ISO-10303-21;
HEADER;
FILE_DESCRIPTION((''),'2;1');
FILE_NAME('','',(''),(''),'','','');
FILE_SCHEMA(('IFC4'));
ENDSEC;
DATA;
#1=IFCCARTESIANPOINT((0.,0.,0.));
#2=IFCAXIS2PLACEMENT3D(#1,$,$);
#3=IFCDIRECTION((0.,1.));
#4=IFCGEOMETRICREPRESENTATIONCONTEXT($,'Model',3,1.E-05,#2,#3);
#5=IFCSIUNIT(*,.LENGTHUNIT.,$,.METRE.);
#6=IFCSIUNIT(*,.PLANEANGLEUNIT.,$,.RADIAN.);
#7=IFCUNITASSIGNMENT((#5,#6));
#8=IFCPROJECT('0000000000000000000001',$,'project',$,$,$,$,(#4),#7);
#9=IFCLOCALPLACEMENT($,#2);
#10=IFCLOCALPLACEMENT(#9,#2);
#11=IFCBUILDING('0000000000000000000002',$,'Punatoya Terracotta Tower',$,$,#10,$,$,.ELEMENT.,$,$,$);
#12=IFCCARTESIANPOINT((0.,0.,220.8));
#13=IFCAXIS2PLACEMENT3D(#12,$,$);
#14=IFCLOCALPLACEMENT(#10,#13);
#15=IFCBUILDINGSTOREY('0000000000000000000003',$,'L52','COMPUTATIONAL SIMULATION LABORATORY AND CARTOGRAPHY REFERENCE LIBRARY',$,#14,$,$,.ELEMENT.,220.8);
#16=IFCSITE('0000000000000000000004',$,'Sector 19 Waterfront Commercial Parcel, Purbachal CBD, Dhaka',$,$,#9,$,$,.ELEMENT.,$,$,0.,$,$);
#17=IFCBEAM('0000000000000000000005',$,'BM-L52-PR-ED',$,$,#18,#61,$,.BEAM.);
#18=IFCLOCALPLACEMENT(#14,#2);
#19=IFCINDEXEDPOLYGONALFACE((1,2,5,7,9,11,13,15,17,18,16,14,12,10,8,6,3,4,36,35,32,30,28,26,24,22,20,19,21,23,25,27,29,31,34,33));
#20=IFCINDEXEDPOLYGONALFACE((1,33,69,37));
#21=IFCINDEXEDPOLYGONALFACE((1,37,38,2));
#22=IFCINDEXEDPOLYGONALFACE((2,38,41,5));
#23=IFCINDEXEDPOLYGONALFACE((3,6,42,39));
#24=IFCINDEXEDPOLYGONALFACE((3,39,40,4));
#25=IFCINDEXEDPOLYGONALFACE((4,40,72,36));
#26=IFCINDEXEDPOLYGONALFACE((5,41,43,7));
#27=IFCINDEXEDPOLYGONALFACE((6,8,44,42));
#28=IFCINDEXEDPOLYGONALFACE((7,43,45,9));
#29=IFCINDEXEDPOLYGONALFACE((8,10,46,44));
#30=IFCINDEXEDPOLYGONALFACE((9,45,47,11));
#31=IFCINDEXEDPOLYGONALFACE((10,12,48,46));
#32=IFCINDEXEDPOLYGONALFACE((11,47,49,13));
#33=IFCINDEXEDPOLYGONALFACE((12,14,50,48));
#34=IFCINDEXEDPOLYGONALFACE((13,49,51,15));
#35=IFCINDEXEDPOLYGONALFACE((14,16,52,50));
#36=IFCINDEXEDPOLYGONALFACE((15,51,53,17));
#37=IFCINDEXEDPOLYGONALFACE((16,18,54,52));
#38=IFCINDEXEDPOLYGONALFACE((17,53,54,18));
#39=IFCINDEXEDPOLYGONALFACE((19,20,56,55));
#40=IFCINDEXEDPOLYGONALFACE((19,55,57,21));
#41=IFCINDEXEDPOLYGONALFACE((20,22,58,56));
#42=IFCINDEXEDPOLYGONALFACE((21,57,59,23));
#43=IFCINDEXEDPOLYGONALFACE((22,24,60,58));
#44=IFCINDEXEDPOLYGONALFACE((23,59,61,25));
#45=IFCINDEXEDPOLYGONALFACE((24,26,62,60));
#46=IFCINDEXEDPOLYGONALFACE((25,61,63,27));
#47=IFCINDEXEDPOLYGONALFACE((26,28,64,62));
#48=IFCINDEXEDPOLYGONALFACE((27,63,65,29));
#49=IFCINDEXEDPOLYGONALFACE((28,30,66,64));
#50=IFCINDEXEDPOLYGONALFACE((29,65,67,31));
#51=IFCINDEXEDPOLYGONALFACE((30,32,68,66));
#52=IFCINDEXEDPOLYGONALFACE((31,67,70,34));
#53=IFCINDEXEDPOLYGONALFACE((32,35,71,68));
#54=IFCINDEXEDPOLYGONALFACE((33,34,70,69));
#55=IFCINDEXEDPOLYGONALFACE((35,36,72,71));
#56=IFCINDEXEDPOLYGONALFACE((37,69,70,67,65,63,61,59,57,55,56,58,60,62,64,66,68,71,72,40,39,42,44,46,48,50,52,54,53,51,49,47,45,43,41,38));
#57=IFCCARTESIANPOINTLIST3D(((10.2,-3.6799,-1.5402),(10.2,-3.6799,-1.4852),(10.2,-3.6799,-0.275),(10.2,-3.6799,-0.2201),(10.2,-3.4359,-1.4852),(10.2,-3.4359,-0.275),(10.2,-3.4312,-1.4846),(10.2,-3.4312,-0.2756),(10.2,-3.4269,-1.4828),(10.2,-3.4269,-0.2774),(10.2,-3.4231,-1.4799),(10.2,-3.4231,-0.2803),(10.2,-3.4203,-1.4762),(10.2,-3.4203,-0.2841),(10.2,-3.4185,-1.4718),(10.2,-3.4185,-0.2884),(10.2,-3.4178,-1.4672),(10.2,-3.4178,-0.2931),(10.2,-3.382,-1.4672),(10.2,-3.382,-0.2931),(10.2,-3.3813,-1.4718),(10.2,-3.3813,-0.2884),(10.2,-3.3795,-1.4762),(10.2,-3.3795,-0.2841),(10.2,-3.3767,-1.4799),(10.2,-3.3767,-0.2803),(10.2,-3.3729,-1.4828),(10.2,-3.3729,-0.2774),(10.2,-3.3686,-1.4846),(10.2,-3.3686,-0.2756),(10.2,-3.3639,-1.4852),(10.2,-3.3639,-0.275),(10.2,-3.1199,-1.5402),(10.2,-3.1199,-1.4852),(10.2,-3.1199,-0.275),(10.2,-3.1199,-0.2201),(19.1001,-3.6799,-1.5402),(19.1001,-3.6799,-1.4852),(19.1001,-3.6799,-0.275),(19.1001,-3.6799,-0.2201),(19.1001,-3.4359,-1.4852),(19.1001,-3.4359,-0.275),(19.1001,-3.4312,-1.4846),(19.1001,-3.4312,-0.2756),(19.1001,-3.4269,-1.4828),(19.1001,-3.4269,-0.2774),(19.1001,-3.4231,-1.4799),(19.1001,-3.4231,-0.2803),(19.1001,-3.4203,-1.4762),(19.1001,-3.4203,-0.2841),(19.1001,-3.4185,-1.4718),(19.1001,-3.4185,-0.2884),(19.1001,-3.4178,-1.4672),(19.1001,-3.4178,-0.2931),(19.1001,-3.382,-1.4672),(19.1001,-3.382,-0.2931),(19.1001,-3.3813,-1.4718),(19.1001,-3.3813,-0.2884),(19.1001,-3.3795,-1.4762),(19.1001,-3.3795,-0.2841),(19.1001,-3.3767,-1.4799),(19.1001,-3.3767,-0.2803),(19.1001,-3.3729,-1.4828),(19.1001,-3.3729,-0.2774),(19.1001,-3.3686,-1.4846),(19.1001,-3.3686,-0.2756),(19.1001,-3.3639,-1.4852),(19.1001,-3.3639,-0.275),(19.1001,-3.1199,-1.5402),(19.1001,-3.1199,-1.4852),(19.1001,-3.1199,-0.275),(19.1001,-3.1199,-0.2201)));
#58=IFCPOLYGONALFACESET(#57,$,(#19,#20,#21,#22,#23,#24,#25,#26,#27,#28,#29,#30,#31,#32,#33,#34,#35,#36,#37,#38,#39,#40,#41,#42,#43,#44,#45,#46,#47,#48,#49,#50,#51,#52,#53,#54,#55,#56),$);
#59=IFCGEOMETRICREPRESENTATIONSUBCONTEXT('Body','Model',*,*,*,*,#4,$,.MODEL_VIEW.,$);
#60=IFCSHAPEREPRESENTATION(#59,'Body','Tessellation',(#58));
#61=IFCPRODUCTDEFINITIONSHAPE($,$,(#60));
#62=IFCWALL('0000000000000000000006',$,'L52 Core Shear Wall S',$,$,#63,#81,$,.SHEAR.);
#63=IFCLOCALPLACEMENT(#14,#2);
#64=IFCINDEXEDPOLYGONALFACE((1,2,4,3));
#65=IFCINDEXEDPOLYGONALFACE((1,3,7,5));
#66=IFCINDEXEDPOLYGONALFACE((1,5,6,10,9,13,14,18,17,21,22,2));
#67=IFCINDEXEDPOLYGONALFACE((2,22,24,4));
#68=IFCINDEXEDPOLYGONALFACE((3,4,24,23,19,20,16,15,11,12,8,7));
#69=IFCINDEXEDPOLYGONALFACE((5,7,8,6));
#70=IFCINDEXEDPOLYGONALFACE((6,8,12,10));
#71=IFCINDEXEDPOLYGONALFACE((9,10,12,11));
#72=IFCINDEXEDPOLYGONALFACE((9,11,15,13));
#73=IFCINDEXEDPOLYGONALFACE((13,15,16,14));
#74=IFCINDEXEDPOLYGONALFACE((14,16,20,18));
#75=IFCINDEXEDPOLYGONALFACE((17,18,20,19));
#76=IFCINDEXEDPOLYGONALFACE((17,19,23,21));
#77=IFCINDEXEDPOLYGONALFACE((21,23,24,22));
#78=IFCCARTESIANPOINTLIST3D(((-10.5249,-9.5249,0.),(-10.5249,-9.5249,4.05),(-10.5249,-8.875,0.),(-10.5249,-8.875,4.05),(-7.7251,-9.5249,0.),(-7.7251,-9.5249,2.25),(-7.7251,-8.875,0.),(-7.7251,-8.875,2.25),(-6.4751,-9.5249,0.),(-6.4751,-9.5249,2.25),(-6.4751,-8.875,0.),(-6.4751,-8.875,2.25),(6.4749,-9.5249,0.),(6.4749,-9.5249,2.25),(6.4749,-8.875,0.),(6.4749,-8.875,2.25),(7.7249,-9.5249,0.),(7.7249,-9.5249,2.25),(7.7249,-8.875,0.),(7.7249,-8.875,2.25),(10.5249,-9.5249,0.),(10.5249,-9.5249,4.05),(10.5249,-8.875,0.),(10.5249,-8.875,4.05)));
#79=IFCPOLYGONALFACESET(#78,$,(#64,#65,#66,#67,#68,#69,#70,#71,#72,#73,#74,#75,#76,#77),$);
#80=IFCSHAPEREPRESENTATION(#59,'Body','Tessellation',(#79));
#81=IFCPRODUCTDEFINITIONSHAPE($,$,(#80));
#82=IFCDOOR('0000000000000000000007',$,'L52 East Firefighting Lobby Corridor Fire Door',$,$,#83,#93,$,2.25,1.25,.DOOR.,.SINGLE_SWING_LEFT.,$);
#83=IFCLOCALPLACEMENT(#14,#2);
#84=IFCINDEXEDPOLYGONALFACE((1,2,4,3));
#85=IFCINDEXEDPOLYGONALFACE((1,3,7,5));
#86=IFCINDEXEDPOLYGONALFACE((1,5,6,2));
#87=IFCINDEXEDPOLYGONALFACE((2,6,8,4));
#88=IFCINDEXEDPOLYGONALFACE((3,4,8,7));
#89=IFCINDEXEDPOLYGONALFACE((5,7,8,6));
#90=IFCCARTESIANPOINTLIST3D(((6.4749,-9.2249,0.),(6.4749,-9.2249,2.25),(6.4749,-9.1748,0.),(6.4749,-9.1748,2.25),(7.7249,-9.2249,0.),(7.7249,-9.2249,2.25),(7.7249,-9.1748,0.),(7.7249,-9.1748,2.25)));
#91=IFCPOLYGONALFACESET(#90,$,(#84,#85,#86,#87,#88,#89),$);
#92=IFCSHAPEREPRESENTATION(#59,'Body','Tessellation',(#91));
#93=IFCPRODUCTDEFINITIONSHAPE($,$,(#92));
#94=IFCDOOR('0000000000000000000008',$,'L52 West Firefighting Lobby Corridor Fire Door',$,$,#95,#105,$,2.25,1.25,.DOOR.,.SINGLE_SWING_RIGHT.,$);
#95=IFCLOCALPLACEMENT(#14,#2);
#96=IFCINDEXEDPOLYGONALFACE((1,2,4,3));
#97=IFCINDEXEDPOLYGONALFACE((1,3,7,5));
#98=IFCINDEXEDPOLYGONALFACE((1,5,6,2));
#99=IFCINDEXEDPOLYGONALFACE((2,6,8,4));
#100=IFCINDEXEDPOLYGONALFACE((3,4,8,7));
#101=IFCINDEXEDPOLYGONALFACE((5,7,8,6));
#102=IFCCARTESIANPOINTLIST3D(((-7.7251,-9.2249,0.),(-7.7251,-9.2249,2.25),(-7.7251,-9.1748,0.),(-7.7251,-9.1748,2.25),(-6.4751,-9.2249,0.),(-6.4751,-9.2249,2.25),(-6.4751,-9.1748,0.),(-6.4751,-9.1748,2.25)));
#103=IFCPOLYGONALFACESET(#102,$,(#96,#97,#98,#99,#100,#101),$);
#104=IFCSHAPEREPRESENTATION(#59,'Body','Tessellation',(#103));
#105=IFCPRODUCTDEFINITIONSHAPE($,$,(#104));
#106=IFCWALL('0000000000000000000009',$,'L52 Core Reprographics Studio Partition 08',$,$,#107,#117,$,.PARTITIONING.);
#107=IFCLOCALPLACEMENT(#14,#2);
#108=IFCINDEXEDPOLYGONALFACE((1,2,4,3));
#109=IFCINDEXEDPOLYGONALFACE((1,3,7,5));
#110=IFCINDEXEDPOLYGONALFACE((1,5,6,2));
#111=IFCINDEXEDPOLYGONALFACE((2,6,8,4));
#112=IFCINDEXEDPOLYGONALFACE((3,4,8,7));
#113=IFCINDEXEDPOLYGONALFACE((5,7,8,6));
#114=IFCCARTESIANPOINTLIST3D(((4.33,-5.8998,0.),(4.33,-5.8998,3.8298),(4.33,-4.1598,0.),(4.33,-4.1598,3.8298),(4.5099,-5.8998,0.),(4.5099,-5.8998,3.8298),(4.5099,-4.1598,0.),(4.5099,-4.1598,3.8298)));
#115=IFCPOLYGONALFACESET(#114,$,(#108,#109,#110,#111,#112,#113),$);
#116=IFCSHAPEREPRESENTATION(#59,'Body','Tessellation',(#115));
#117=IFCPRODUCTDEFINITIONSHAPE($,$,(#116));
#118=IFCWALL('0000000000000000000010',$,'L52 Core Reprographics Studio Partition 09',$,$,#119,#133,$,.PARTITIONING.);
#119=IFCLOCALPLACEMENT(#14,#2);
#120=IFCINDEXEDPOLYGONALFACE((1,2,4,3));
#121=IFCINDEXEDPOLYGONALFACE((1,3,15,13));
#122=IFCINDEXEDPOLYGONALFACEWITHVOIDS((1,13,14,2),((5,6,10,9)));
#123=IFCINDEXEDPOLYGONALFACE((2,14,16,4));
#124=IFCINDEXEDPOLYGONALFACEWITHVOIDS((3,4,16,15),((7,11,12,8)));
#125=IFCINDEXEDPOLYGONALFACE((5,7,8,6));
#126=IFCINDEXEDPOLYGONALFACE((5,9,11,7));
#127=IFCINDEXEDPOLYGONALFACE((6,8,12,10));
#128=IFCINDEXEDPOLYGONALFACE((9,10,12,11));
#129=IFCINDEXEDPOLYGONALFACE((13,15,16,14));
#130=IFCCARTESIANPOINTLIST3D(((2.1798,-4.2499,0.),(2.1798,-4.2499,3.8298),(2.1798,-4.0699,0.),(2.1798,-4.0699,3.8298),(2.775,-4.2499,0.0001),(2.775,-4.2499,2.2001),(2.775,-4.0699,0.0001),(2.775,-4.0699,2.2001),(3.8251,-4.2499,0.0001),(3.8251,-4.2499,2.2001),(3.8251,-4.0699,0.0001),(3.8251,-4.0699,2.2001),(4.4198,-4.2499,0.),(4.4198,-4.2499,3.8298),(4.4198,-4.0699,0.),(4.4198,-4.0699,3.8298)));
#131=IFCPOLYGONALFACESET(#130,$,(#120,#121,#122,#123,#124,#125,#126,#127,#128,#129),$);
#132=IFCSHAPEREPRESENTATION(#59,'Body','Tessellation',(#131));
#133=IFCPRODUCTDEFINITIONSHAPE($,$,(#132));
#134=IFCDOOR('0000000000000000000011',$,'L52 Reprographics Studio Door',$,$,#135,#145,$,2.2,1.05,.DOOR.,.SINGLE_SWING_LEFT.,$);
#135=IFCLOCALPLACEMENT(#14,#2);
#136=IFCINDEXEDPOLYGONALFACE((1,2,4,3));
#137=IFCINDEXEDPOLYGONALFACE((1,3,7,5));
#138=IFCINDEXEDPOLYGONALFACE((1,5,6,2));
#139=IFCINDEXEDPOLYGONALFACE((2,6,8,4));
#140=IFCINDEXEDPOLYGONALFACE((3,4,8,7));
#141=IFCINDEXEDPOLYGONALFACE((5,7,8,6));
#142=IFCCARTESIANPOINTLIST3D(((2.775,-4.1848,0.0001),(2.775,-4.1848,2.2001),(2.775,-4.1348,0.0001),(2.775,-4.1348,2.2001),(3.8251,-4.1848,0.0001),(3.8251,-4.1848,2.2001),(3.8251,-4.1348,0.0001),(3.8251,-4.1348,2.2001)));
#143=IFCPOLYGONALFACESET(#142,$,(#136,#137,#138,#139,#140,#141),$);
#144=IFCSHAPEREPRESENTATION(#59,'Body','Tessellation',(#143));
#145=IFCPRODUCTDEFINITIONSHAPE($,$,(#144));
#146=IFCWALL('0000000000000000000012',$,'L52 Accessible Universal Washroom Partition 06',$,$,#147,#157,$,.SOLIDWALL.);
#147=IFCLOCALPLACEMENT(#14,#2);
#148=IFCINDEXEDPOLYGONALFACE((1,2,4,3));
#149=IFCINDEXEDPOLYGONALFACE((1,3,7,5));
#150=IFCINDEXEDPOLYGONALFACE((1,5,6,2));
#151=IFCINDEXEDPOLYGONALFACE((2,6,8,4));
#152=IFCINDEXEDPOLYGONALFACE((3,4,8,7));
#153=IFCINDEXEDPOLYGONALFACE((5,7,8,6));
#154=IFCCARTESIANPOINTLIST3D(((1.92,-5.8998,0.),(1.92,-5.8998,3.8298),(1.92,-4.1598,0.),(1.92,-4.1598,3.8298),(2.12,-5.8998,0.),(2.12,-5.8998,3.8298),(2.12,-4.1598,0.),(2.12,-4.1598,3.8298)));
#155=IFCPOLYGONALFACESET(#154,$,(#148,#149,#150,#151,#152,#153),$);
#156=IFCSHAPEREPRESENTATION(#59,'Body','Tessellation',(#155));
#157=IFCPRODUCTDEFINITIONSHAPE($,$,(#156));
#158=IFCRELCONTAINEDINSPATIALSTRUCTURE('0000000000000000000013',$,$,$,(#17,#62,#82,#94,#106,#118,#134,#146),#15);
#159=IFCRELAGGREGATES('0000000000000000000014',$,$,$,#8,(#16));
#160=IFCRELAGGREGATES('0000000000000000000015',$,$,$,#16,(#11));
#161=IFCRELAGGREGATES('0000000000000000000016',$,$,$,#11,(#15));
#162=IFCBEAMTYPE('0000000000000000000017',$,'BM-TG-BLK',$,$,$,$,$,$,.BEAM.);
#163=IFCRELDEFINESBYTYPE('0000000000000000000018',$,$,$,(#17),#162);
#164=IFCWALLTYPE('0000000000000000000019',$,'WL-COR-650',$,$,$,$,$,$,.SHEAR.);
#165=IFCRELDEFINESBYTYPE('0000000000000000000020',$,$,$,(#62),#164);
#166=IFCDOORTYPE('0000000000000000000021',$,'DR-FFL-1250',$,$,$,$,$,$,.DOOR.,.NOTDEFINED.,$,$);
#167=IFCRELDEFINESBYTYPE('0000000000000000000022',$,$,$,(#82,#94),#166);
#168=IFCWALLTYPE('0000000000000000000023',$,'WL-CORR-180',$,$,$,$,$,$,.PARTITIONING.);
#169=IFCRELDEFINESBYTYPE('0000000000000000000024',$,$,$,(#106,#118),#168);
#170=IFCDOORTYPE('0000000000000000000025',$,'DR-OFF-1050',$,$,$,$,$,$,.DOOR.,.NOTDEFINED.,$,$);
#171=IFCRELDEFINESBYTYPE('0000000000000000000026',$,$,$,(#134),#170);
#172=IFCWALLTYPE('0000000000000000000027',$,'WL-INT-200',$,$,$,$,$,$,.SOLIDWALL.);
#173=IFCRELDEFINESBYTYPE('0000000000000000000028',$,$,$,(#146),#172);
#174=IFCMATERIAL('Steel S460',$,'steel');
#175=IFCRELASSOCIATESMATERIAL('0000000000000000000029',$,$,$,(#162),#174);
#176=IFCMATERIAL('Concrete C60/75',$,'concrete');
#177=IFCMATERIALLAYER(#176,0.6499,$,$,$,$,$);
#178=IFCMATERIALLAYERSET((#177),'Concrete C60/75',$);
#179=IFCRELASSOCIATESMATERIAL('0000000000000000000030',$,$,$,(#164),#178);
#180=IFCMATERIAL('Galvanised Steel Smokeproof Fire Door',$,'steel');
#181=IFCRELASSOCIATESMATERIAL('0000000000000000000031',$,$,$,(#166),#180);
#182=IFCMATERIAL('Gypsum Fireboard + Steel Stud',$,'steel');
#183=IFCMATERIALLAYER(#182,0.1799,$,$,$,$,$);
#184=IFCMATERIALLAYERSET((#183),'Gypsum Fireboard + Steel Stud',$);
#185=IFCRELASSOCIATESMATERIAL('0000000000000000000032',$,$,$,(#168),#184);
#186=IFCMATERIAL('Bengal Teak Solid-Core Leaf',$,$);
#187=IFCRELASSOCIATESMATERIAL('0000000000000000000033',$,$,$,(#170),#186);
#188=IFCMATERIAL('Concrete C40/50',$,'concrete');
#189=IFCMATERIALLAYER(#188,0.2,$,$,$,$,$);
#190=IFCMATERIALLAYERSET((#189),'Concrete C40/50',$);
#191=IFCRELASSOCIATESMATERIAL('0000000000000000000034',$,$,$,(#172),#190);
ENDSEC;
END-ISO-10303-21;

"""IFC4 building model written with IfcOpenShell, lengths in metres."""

from ifc_helpers import new_model, si_unit, direction, frame, frame_2d, origin, origin_2d, place, context, subcontext, project, spatial, rectangle, i_section, extrude, material, layer, layer_set, material_profile, profile_set, type_object, element, fill, save


model = new_model("IFC4")

# Units and contexts
model_context = context("Model", 3, precision=1e-05, world=origin(), true_north=direction((0.0, 1.0)))
body_context = subcontext(model_context, "Body", "Model", "MODEL_VIEW")
ifc_project = project(units=[si_unit("LENGTHUNIT", "METRE"), si_unit("PLANEANGLEUNIT", "RADIAN")], contexts=[model_context])

# Site, building, storey
site_placement = place(None, origin())
site = spatial("IfcSite", under=ifc_project, at=site_placement, Name="Sector 19 Waterfront Commercial Parcel, Purbachal CBD, Dhaka", CompositionType="ELEMENT", RefElevation=0.0)
building_placement = place(site_placement, origin())
building = spatial("IfcBuilding", under=site, at=building_placement, Name="Punatoya Terracotta Tower", CompositionType="ELEMENT")
storey_placement = place(building_placement, frame((0.0, 0.0, 220.8)))
storey = spatial("IfcBuildingStorey", under=building, at=storey_placement, Name="L52", Description="COMPUTATIONAL SIMULATION LABORATORY AND CARTOGRAPHY REFERENCE LIBRARY", CompositionType="ELEMENT", Elevation=220.8)

# Beam
ifc_material_1 = material(Name="Steel S460", Category="steel")
ifc_material_profile = material_profile(ifc_material_1, i_section(OverallWidth=0.5601, OverallDepth=1.3201, WebThickness=0.0359, FlangeThickness=0.0549, FilletRadius=0.0181, at=origin_2d()))
ifc_profile_set = profile_set([ifc_material_profile], Name="Steel S460")
beam_type = type_object("IfcBeamType", Name="BM-TG-BLK", PredefinedType="BEAM", material=ifc_profile_set)
beam_placement = place(storey_placement, frame((10.2, -3.3999, -0.8801), z_axis=(1.0, 0.0, 0.0), x_axis=(0.0, 1.0, 0.0)))
element("IfcBeam", 1, at=beam_placement, inside=storey, type_object=beam_type, Name="BM-L52-PR-ED", PredefinedType="BEAM", context=body_context, shape_type="SweptSolid", body=[
    extrude(i_section(OverallWidth=0.5601, OverallDepth=1.3201, WebThickness=0.0359, FlangeThickness=0.0549, FilletRadius=0.0181, at=origin_2d()), origin(), (0.0, 0.0, 1.0), 8.9001),
])

# Wall, openings, doors
ifc_material_2 = material(Name="Concrete C60/75", Category="concrete")
ifc_layer_1 = layer(ifc_material_2, 0.6499)
ifc_layer_set_1 = layer_set([ifc_layer_1], Name="Concrete C60/75")
wall_type_1 = type_object("IfcWallType", Name="WL-COR-650", PredefinedType="SHEAR", material=ifc_layer_set_1)
wall_1_placement = place(storey_placement, frame((10.5249, -9.2, 0.0), z_axis=(0.0, 0.0, 1.0), x_axis=(-1.0, 0.0, 0.0)))
wall_1 = element("IfcWall", 2, at=wall_1_placement, inside=storey, type_object=wall_type_1, Name="L52 Core Shear Wall S", PredefinedType="SHEAR", context=body_context, shape_type="SweptSolid", body=[
    extrude(rectangle(XDim=21.0498, YDim=0.6499, at=frame_2d((10.5249, 0.0))), origin(), (0.0, 0.0, 1.0), 4.05),
])
opening_1_placement = place(wall_1_placement, frame((2.8, 0.0, 0.0)))
opening_1 = element("IfcOpeningElement", 3, at=opening_1_placement, cuts=wall_1, PredefinedType="OPENING", context=body_context, shape_type="SweptSolid", body=[
    extrude(rectangle(XDim=1.25, YDim=2.25, at=frame_2d((0.625, 1.125))), frame((0.0, 0.335, 0.0), z_axis=(0.0, -1.0, 0.0), x_axis=(1.0, 0.0, 0.0)), (0.0, 0.0, 1.0), 0.6699),
])
opening_2_placement = place(wall_1_placement, frame((17.0, 0.0, 0.0)))
opening_2 = element("IfcOpeningElement", 4, at=opening_2_placement, cuts=wall_1, PredefinedType="OPENING", context=body_context, shape_type="SweptSolid", body=[
    extrude(rectangle(XDim=1.25, YDim=2.25, at=frame_2d((0.625, 1.125))), frame((0.0, 0.335, 0.0), z_axis=(0.0, -1.0, 0.0), x_axis=(1.0, 0.0, 0.0)), (0.0, 0.0, 1.0), 0.6699),
])
ifc_material_3 = material(Name="Galvanised Steel Smokeproof Fire Door", Category="steel")
door_type_1 = type_object("IfcDoorType", Name="DR-FFL-1250", OperationType="NOTDEFINED", PredefinedType="DOOR", material=ifc_material_3)
door_1_placement = place(opening_1_placement, origin())
door_1 = element("IfcDoor", 5, at=door_1_placement, inside=storey, type_object=door_type_1, Name="L52 East Firefighting Lobby Corridor Fire Door", OperationType="SINGLE_SWING_LEFT", OverallHeight=2.25, OverallWidth=1.25, PredefinedType="DOOR", context=body_context, shape_type="SweptSolid", body=[
    extrude(rectangle(XDim=1.25, YDim=2.25, at=frame_2d((0.625, 1.125))), frame((0.0, 0.0249, 0.0), z_axis=(0.0, -1.0, 0.0), x_axis=(1.0, 0.0, 0.0)), (0.0, 0.0, 1.0), 0.05),
])
fill(opening_1, door_1)
door_2_placement = place(opening_2_placement, origin())
door_2 = element("IfcDoor", 6, at=door_2_placement, inside=storey, type_object=door_type_1, Name="L52 West Firefighting Lobby Corridor Fire Door", OperationType="SINGLE_SWING_RIGHT", OverallHeight=2.25, OverallWidth=1.25, PredefinedType="DOOR", context=body_context, shape_type="SweptSolid", body=[
    extrude(rectangle(XDim=1.25, YDim=2.25, at=frame_2d((0.625, 1.125))), frame((0.0, 0.0249, 0.0), z_axis=(0.0, -1.0, 0.0), x_axis=(1.0, 0.0, 0.0)), (0.0, 0.0, 1.0), 0.05),
])
fill(opening_2, door_2)

# Wall
ifc_material_4 = material(Name="Gypsum Fireboard + Steel Stud", Category="steel")
ifc_layer_2 = layer(ifc_material_4, 0.1799)
ifc_layer_set_2 = layer_set([ifc_layer_2], Name="Gypsum Fireboard + Steel Stud")
wall_type_2 = type_object("IfcWallType", Name="WL-CORR-180", PredefinedType="PARTITIONING", material=ifc_layer_set_2)
wall_2_placement = place(storey_placement, frame((4.4199, -5.8999, 0.0), z_axis=(0.0, 0.0, 1.0), x_axis=(0.0, 1.0, 0.0)))
element("IfcWall", 7, at=wall_2_placement, inside=storey, type_object=wall_type_2, Name="L52 Core Reprographics Studio Partition 08", PredefinedType="PARTITIONING", context=body_context, shape_type="SweptSolid", body=[
    extrude(rectangle(XDim=1.74, YDim=0.1799, at=frame_2d((0.8701, 0.0))), origin(), (0.0, 0.0, 1.0), 3.8298),
])

# Wall, opening, door
wall_3_placement = place(storey_placement, frame((4.4199, -4.1599, 0.0), z_axis=(0.0, 0.0, 1.0), x_axis=(-1.0, 0.0, 0.0)))
wall_3 = element("IfcWall", 8, at=wall_3_placement, inside=storey, type_object=wall_type_2, Name="L52 Core Reprographics Studio Partition 09", PredefinedType="PARTITIONING", context=body_context, shape_type="SweptSolid", body=[
    extrude(rectangle(XDim=2.24, YDim=0.1799, at=frame_2d((1.1201, 0.0))), origin(), (0.0, 0.0, 1.0), 3.8298),
])
opening_3_placement = place(wall_3_placement, frame((0.595, 0.0, 0.0)))
opening_3 = element("IfcOpeningElement", 9, at=opening_3_placement, cuts=wall_3, PredefinedType="OPENING", context=body_context, shape_type="SweptSolid", body=[
    extrude(rectangle(XDim=1.05, YDim=2.2, at=frame_2d((0.5249, 1.1001))), frame((0.0, 0.0999, 0.0), z_axis=(0.0, -1.0, 0.0), x_axis=(1.0, 0.0, 0.0)), (0.0, 0.0, 1.0), 0.2),
])
ifc_material_5 = material(Name="Bengal Teak Solid-Core Leaf")
door_type_2 = type_object("IfcDoorType", Name="DR-OFF-1050", OperationType="NOTDEFINED", PredefinedType="DOOR", material=ifc_material_5)
door_3_placement = place(opening_3_placement, origin())
door_3 = element("IfcDoor", 10, at=door_3_placement, inside=storey, type_object=door_type_2, Name="L52 Reprographics Studio Door", OperationType="SINGLE_SWING_LEFT", OverallHeight=2.2, OverallWidth=1.05, PredefinedType="DOOR", context=body_context, shape_type="SweptSolid", body=[
    extrude(rectangle(XDim=1.05, YDim=2.2, at=frame_2d((0.5249, 1.1001))), frame((0.0, 0.0249, 0.0), z_axis=(0.0, -1.0, 0.0), x_axis=(1.0, 0.0, 0.0)), (0.0, 0.0, 1.0), 0.05),
])
fill(opening_3, door_3)

# Wall
ifc_material_6 = material(Name="Concrete C40/50", Category="concrete")
ifc_layer_3 = layer(ifc_material_6, 0.2)
ifc_layer_set_3 = layer_set([ifc_layer_3], Name="Concrete C40/50")
wall_type_3 = type_object("IfcWallType", Name="WL-INT-200", PredefinedType="SOLIDWALL", material=ifc_layer_set_3)
wall_4_placement = place(storey_placement, frame((2.02, -5.8999, 0.0), z_axis=(0.0, 0.0, 1.0), x_axis=(0.0, 1.0, 0.0)))
element("IfcWall", 11, at=wall_4_placement, inside=storey, type_object=wall_type_3, Name="L52 Accessible Universal Washroom Partition 06", PredefinedType="SOLIDWALL", context=body_context, shape_type="SweptSolid", body=[
    extrude(rectangle(XDim=1.74, YDim=0.2, at=frame_2d((0.8701, 0.0))), origin(), (0.0, 0.0, 1.0), 3.8298),
])

save(model, "model.ifc")
